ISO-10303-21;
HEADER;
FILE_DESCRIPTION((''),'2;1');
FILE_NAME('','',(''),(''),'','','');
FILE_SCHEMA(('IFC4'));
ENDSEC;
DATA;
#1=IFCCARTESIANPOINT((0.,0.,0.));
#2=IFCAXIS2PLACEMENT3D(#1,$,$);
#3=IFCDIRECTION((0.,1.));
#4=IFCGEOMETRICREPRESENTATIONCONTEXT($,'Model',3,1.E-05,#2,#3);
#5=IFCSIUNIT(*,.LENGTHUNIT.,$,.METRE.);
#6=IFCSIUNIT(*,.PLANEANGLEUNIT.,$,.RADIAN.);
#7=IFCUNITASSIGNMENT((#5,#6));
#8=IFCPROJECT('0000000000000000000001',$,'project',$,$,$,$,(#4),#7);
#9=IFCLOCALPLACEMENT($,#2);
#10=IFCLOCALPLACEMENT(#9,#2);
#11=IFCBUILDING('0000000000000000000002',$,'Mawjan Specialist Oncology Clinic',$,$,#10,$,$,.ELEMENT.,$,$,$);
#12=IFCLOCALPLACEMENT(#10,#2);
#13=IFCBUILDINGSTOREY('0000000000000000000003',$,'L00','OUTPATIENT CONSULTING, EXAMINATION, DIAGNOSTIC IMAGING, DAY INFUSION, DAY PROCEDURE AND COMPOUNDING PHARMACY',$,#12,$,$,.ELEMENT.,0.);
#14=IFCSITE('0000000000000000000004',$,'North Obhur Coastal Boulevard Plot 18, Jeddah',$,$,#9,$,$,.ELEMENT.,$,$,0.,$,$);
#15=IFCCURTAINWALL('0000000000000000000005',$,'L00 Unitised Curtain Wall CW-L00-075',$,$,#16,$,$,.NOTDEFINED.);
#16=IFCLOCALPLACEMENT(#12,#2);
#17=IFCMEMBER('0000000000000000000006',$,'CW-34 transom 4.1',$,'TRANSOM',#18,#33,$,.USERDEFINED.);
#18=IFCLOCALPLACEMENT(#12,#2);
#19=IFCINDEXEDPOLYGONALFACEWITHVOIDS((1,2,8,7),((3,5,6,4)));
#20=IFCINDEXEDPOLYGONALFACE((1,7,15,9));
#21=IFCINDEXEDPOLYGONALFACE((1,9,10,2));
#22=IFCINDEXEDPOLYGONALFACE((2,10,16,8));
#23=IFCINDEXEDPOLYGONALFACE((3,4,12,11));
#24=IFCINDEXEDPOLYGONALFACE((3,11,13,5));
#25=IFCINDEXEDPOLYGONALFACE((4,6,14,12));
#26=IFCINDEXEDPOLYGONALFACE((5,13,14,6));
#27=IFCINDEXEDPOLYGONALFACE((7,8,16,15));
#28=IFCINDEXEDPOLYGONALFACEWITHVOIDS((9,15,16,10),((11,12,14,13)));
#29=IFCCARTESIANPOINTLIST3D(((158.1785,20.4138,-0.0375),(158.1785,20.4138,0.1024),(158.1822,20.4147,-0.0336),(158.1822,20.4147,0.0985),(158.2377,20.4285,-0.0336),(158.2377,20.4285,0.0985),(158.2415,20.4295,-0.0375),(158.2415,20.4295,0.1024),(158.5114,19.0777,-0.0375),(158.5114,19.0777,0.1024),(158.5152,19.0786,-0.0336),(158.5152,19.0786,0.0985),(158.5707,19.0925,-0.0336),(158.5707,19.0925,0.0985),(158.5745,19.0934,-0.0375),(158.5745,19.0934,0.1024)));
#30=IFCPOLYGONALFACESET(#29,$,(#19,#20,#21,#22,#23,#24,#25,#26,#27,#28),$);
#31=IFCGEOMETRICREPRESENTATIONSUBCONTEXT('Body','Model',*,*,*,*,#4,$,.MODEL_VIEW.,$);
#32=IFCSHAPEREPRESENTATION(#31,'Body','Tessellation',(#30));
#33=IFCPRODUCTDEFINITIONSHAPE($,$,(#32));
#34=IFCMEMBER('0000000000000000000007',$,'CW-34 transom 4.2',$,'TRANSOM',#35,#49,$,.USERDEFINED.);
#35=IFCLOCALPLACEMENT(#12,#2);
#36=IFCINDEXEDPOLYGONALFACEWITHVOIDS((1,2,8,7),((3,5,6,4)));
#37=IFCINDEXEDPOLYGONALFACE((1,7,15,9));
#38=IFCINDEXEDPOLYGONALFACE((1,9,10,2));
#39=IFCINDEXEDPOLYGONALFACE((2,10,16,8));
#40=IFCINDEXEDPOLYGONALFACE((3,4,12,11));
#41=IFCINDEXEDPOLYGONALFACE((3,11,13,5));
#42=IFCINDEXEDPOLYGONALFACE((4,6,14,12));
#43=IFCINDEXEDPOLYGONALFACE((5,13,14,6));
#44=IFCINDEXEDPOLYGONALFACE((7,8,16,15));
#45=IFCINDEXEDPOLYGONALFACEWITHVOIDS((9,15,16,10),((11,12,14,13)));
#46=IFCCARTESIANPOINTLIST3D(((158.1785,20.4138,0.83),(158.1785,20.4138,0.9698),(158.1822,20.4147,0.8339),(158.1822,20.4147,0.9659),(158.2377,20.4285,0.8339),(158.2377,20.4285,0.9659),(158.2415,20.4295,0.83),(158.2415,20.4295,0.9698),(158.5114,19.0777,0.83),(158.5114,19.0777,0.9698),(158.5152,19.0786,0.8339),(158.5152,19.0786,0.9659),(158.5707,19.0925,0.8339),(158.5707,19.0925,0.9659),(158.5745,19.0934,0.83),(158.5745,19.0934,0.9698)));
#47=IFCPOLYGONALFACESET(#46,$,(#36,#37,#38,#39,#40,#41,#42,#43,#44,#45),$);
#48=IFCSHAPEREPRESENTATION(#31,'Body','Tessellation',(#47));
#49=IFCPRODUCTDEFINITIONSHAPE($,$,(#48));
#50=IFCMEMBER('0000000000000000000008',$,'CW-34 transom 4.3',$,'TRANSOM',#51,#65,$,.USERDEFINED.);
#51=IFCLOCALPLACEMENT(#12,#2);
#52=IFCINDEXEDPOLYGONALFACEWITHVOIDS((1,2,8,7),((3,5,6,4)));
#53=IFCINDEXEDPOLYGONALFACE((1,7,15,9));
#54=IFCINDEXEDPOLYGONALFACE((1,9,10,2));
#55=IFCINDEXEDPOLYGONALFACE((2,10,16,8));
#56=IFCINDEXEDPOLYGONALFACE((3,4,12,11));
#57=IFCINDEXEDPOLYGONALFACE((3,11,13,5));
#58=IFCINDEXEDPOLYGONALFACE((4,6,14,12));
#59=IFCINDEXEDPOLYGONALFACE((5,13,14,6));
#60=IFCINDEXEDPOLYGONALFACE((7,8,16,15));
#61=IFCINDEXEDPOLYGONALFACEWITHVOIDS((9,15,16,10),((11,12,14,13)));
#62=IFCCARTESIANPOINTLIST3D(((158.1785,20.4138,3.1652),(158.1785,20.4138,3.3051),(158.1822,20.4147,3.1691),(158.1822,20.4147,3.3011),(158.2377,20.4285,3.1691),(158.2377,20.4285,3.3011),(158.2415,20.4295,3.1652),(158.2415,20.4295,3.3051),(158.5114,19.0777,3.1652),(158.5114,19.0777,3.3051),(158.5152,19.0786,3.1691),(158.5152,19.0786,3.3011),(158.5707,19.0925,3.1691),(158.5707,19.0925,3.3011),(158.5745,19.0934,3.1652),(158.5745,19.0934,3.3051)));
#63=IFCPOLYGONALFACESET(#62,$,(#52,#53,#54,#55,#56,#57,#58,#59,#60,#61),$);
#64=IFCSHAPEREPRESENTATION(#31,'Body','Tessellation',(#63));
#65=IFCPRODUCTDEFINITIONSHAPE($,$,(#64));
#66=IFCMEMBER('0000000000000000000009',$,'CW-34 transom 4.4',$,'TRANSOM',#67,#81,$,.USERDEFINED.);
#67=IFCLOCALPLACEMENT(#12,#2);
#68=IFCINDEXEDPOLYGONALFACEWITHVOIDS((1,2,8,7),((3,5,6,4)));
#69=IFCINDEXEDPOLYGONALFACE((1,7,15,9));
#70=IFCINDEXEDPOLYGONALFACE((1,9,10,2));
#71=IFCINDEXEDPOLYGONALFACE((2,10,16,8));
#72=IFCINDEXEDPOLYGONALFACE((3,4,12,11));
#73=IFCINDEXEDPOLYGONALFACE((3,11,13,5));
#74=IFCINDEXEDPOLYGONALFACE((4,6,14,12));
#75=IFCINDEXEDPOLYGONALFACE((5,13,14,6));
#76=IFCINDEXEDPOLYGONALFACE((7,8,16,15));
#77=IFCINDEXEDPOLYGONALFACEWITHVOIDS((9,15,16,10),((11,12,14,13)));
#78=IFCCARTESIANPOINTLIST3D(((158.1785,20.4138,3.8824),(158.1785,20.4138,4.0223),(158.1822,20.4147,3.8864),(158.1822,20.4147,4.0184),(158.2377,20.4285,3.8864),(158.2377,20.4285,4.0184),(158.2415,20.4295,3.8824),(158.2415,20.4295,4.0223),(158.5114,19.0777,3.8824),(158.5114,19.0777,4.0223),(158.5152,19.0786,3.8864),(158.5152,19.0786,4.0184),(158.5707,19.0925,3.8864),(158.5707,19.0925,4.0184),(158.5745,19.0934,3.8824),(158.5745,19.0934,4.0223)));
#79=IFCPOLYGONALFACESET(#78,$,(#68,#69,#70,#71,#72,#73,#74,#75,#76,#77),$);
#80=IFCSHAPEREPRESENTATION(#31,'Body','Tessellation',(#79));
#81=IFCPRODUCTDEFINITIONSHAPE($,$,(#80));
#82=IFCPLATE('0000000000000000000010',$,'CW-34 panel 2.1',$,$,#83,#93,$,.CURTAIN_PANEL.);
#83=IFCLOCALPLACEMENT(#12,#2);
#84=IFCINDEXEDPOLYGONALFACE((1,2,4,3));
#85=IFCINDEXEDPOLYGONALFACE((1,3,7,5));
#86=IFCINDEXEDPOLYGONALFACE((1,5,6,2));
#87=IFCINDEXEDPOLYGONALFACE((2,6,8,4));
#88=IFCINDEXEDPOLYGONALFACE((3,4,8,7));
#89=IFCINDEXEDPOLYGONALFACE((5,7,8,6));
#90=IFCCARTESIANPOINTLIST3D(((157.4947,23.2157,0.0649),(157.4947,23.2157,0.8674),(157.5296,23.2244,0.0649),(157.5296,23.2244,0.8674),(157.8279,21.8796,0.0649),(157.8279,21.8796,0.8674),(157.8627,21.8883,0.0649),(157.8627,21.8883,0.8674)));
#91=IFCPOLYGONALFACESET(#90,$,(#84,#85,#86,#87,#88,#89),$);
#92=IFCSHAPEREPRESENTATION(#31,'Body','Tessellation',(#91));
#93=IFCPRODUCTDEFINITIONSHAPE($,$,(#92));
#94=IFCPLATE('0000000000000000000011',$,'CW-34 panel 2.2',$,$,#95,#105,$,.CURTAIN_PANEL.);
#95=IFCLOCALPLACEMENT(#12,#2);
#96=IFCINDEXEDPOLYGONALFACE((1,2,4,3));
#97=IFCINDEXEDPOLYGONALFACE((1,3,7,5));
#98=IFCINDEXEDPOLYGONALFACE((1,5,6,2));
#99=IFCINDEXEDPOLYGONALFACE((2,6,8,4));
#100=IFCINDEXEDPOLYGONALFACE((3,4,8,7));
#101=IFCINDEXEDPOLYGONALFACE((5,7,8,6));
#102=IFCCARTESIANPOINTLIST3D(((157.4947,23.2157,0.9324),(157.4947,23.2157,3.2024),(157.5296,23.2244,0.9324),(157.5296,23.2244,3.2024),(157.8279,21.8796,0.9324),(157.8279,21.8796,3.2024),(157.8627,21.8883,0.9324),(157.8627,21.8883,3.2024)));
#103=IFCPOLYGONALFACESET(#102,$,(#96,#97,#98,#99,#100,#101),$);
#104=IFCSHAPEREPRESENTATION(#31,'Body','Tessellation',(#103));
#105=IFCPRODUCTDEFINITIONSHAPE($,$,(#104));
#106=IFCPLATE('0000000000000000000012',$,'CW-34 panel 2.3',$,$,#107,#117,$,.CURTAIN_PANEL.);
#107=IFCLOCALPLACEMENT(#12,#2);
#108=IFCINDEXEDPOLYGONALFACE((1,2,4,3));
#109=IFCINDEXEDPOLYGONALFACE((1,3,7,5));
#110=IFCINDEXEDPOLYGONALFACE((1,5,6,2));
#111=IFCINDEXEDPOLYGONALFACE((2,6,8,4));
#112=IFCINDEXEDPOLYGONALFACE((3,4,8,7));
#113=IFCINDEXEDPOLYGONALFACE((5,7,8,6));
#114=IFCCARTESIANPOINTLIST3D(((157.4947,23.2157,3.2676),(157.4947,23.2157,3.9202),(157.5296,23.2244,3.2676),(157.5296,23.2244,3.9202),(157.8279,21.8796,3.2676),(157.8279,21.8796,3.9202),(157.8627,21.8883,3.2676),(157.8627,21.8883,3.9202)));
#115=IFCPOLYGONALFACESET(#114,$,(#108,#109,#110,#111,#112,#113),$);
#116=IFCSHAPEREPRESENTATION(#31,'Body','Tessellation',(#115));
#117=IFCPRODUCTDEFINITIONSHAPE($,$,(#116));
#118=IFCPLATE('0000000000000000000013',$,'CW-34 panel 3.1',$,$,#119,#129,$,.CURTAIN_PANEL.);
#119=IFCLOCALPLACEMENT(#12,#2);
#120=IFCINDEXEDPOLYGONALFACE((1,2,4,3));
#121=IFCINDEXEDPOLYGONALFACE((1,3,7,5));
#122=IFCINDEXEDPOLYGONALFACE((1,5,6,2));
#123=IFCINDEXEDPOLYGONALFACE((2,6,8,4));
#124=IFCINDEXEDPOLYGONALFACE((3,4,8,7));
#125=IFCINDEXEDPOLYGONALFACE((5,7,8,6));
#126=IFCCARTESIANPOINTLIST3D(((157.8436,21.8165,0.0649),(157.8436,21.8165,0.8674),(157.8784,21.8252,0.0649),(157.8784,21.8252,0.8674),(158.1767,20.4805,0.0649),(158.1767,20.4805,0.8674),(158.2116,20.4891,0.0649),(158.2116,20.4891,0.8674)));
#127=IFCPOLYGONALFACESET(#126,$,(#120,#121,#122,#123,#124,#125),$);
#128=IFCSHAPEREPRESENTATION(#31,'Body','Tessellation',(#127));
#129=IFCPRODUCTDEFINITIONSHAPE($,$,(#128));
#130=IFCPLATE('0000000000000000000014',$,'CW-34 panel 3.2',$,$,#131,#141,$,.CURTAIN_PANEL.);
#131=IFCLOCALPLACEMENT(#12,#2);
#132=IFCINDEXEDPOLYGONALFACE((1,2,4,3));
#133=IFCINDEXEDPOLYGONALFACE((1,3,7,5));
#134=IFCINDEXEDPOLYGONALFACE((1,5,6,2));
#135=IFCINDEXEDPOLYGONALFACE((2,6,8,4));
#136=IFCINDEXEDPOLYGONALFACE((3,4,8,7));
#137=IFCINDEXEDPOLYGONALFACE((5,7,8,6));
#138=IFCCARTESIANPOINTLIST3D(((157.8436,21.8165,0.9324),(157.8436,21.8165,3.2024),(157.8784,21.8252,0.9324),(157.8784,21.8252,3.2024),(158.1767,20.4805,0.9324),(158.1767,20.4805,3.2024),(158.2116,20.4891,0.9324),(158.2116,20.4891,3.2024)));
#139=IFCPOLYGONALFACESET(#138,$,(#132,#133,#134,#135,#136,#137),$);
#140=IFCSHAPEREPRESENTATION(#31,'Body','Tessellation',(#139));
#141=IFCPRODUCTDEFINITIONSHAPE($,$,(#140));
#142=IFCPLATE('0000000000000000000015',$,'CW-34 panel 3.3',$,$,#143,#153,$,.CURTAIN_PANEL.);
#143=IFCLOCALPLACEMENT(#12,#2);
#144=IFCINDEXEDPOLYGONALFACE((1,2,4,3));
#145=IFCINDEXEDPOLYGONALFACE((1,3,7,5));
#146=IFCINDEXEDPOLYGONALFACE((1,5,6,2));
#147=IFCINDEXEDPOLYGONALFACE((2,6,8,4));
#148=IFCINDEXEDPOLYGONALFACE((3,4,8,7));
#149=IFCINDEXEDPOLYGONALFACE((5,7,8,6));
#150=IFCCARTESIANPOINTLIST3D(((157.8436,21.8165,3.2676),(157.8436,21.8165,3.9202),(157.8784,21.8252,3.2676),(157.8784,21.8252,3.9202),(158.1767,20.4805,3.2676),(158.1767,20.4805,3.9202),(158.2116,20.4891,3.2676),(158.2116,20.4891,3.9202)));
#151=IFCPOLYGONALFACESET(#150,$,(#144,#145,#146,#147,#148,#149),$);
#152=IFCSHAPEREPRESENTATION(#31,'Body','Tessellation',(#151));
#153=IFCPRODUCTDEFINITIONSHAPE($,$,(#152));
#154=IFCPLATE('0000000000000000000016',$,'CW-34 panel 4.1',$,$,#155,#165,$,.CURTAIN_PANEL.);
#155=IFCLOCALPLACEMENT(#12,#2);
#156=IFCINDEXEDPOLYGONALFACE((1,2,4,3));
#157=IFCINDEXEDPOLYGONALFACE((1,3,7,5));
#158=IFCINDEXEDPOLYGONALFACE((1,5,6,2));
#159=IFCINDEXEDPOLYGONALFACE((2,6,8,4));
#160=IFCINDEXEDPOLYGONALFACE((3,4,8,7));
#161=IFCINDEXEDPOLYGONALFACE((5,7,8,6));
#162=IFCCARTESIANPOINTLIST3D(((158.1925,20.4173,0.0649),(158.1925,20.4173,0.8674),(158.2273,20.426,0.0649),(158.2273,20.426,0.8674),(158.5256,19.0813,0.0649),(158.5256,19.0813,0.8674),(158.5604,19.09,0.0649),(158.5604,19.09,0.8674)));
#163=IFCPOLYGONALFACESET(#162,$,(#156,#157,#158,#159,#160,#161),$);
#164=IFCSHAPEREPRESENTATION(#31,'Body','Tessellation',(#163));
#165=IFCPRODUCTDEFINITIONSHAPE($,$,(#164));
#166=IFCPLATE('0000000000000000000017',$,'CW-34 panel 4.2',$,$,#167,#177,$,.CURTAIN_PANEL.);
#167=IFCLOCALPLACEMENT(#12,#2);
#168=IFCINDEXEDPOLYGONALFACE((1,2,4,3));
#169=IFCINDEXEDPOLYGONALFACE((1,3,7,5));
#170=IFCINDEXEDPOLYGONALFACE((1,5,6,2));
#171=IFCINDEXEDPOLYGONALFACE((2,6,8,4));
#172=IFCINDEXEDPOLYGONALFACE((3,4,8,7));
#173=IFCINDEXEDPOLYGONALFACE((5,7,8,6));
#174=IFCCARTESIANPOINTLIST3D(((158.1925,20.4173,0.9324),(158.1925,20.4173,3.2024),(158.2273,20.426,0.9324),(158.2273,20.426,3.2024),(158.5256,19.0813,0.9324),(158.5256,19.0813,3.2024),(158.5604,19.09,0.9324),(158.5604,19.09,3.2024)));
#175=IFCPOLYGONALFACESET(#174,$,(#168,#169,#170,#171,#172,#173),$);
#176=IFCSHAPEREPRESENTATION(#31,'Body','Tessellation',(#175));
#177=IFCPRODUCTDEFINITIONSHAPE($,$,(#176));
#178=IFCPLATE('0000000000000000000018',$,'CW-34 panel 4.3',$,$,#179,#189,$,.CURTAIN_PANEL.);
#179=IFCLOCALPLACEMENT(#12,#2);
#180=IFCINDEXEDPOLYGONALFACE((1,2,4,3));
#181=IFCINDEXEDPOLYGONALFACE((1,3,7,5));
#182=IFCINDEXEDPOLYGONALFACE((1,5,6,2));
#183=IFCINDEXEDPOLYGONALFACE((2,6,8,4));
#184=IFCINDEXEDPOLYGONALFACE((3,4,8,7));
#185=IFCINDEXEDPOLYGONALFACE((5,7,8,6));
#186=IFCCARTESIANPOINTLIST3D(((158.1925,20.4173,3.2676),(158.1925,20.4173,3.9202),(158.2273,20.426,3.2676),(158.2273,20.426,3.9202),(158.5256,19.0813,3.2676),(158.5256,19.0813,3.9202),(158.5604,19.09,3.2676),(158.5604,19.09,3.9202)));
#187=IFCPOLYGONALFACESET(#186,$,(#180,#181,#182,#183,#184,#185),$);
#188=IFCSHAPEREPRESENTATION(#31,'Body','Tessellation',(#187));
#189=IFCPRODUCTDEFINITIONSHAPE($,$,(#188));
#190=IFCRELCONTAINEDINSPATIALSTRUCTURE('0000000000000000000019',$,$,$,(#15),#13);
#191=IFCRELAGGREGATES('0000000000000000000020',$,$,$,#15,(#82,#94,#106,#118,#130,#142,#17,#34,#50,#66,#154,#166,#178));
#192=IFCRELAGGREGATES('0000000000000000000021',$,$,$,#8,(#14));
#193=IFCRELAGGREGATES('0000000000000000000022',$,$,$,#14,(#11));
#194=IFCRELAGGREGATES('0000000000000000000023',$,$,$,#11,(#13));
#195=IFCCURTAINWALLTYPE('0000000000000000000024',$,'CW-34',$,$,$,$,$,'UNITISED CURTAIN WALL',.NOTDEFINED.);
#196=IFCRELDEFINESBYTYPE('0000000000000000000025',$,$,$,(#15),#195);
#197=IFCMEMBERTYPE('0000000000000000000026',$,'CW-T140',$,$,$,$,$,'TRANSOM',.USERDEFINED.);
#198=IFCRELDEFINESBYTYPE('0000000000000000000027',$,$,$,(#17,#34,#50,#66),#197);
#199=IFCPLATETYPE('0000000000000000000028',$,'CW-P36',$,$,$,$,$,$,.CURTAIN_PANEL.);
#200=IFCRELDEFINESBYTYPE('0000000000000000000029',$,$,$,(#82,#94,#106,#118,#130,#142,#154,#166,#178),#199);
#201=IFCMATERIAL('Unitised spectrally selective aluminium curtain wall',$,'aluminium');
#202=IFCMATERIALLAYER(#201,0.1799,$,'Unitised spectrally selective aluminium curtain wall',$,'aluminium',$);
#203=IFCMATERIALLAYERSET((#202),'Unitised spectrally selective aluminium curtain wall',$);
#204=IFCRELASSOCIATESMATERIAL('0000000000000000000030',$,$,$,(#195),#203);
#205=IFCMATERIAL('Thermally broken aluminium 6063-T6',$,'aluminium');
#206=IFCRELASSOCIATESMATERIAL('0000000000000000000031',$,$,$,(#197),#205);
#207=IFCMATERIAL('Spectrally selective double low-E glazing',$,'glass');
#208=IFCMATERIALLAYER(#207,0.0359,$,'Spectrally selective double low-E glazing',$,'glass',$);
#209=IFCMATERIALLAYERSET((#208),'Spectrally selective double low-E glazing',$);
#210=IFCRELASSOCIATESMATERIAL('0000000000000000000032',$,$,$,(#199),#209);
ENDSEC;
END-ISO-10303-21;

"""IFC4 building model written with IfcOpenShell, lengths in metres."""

from ifc_helpers import new_model, si_unit, direction, frame, origin, origin_2d, place, context, subcontext, project, spatial, rectangle, hollow_rectangle, extrude, material, layer, layer_set, material_profile, profile_set, type_object, element, aggregate, save


model = new_model("IFC4")

# Units and contexts
model_context = context("Model", 3, precision=1e-05, world=origin(), true_north=direction((0.0, 1.0)))
body_context = subcontext(model_context, "Body", "Model", "MODEL_VIEW")
ifc_project = project(units=[si_unit("LENGTHUNIT", "METRE"), si_unit("PLANEANGLEUNIT", "RADIAN")], contexts=[model_context])

# Site, building, storey
site_placement = place(None, origin())
site = spatial("IfcSite", under=ifc_project, at=site_placement, Name="North Obhur Coastal Boulevard Plot 18, Jeddah", CompositionType="ELEMENT", RefElevation=0.0)
building_placement = place(site_placement, origin())
building = spatial("IfcBuilding", under=site, at=building_placement, Name="Mawjan Specialist Oncology Clinic", CompositionType="ELEMENT")
storey_placement = place(building_placement, origin())
storey = spatial("IfcBuildingStorey", under=building, at=storey_placement, Name="L00", Description="OUTPATIENT CONSULTING, EXAMINATION, DIAGNOSTIC IMAGING, DAY INFUSION, DAY PROCEDURE AND COMPOUNDING PHARMACY", CompositionType="ELEMENT", Elevation=0.0)

# Curtain wall, members, plates
ifc_material_1 = material(Name="Unitised spectrally selective aluminium curtain wall", Category="aluminium")
ifc_layer_1 = layer(ifc_material_1, 0.1799, Name="Unitised spectrally selective aluminium curtain wall", Category="aluminium")
ifc_layer_set_1 = layer_set([ifc_layer_1], Name="Unitised spectrally selective aluminium curtain wall")
curtain_wall_type = type_object("IfcCurtainWallType", Name="CW-34", ElementType="UNITISED CURTAIN WALL", PredefinedType="NOTDEFINED", material=ifc_layer_set_1)
curtain_wall_placement = place(storey_placement, origin())
curtain_wall = element("IfcCurtainWall", 1, at=curtain_wall_placement, inside=storey, type_object=curtain_wall_type, Name="L00 Unitised Curtain Wall CW-L00-075", PredefinedType="NOTDEFINED")
ifc_material_2 = material(Name="Thermally broken aluminium 6063-T6", Category="aluminium")
ifc_material_profile_1 = material_profile(ifc_material_2, hollow_rectangle(XDim=0.0649, YDim=0.1399, WallThickness=0.0039, at=origin_2d()), Name="ALU TRANSOM 140x65x4", Category="aluminium")
ifc_profile_set_1 = profile_set([ifc_material_profile_1], Name="Thermally broken aluminium 6063-T6")
member_type_1 = type_object("IfcMemberType", Name="CW-T140", ElementType="TRANSOM", PredefinedType="USERDEFINED", material=ifc_profile_set_1)
member_1_placement = place(storey_placement, frame((158.21, 20.4216, 0.0325), z_axis=(0.241826, -0.97032, 0.0), x_axis=(0.97032, 0.241826, 0.0)))
member_1 = element("IfcMember", 2, at=member_1_placement, type_object=member_type_1, Name="CW-34 transom 4.1", ObjectType="TRANSOM", PredefinedType="USERDEFINED", context=body_context, shape_type="SweptSolid", body=[
    extrude(hollow_rectangle(XDim=0.0649, YDim=0.1399, WallThickness=0.0039, at=origin_2d()), origin(), (0.0, 0.0, 1.0), 1.377),
])
member_2_placement = place(storey_placement, frame((158.21, 20.4216, 0.8999), z_axis=(0.241826, -0.97032, 0.0), x_axis=(0.97032, 0.241826, 0.0)))
member_2 = element("IfcMember", 3, at=member_2_placement, type_object=member_type_1, Name="CW-34 transom 4.2", ObjectType="TRANSOM", PredefinedType="USERDEFINED", context=body_context, shape_type="SweptSolid", body=[
    extrude(hollow_rectangle(XDim=0.0649, YDim=0.1399, WallThickness=0.0039, at=origin_2d()), origin(), (0.0, 0.0, 1.0), 1.377),
])
member_3_placement = place(storey_placement, frame((158.21, 20.4216, 3.2351), z_axis=(0.241826, -0.97032, 0.0), x_axis=(0.97032, 0.241826, 0.0)))
member_3 = element("IfcMember", 4, at=member_3_placement, type_object=member_type_1, Name="CW-34 transom 4.3", ObjectType="TRANSOM", PredefinedType="USERDEFINED", context=body_context, shape_type="SweptSolid", body=[
    extrude(hollow_rectangle(XDim=0.0649, YDim=0.1399, WallThickness=0.0039, at=origin_2d()), origin(), (0.0, 0.0, 1.0), 1.377),
])
member_4_placement = place(storey_placement, frame((158.21, 20.4216, 3.9524), z_axis=(0.241826, -0.97032, 0.0), x_axis=(0.97032, 0.241826, 0.0)))
member_4 = element("IfcMember", 5, at=member_4_placement, type_object=member_type_1, Name="CW-34 transom 4.4", ObjectType="TRANSOM", PredefinedType="USERDEFINED", context=body_context, shape_type="SweptSolid", body=[
    extrude(hollow_rectangle(XDim=0.0649, YDim=0.1399, WallThickness=0.0039, at=origin_2d()), origin(), (0.0, 0.0, 1.0), 1.377),
])
ifc_material_3 = material(Name="Spectrally selective double low-E glazing", Category="glass")
ifc_layer_2 = layer(ifc_material_3, 0.0359, Name="Spectrally selective double low-E glazing", Category="glass")
ifc_layer_set_2 = layer_set([ifc_layer_2], Name="Spectrally selective double low-E glazing")
plate_type = type_object("IfcPlateType", Name="CW-P36", PredefinedType="CURTAIN_PANEL", material=ifc_layer_set_2)
plate_1_placement = place(storey_placement, frame((157.6787, 22.552, 0.0649), z_axis=(0.0, 0.0, 1.0), x_axis=(0.241922, -0.970296, 0.0)))
plate_1 = element("IfcPlate", 6, at=plate_1_placement, type_object=plate_type, Name="CW-34 panel 2.1", PredefinedType="CURTAIN_PANEL", context=body_context, shape_type="SweptSolid", body=[
    extrude(rectangle(XDim=1.377, YDim=0.0359, at=origin_2d()), origin(), (0.0, 0.0, 1.0), 0.8025),
])
plate_2_placement = place(storey_placement, frame((157.6787, 22.552, 0.9324), z_axis=(0.0, 0.0, 1.0), x_axis=(0.241922, -0.970296, 0.0)))
plate_2 = element("IfcPlate", 7, at=plate_2_placement, type_object=plate_type, Name="CW-34 panel 2.2", PredefinedType="CURTAIN_PANEL", context=body_context, shape_type="SweptSolid", body=[
    extrude(rectangle(XDim=1.377, YDim=0.0359, at=origin_2d()), origin(), (0.0, 0.0, 1.0), 2.27),
])
plate_3_placement = place(storey_placement, frame((157.6787, 22.552, 3.2676), z_axis=(0.0, 0.0, 1.0), x_axis=(0.241922, -0.970296, 0.0)))
plate_3 = element("IfcPlate", 8, at=plate_3_placement, type_object=plate_type, Name="CW-34 panel 2.3", PredefinedType="CURTAIN_PANEL", context=body_context, shape_type="SweptSolid", body=[
    extrude(rectangle(XDim=1.377, YDim=0.0359, at=origin_2d()), origin(), (0.0, 0.0, 1.0), 0.6526),
])
plate_4_placement = place(storey_placement, frame((158.0276, 21.1528, 0.0649), z_axis=(0.0, 0.0, 1.0), x_axis=(0.241922, -0.970296, 0.0)))
plate_4 = element("IfcPlate", 9, at=plate_4_placement, type_object=plate_type, Name="CW-34 panel 3.1", PredefinedType="CURTAIN_PANEL", context=body_context, shape_type="SweptSolid", body=[
    extrude(rectangle(XDim=1.377, YDim=0.0359, at=origin_2d()), origin(), (0.0, 0.0, 1.0), 0.8025),
])
plate_5_placement = place(storey_placement, frame((158.0276, 21.1528, 0.9324), z_axis=(0.0, 0.0, 1.0), x_axis=(0.241922, -0.970296, 0.0)))
plate_5 = element("IfcPlate", 10, at=plate_5_placement, type_object=plate_type, Name="CW-34 panel 3.2", PredefinedType="CURTAIN_PANEL", context=body_context, shape_type="SweptSolid", body=[
    extrude(rectangle(XDim=1.377, YDim=0.0359, at=origin_2d()), origin(), (0.0, 0.0, 1.0), 2.27),
])
plate_6_placement = place(storey_placement, frame((158.0276, 21.1528, 3.2676), z_axis=(0.0, 0.0, 1.0), x_axis=(0.241922, -0.970296, 0.0)))
plate_6 = element("IfcPlate", 11, at=plate_6_placement, type_object=plate_type, Name="CW-34 panel 3.3", PredefinedType="CURTAIN_PANEL", context=body_context, shape_type="SweptSolid", body=[
    extrude(rectangle(XDim=1.377, YDim=0.0359, at=origin_2d()), origin(), (0.0, 0.0, 1.0), 0.6526),
])
plate_7_placement = place(storey_placement, frame((158.3765, 19.7537, 0.0649), z_axis=(0.0, 0.0, 1.0), x_axis=(0.241922, -0.970296, 0.0)))
plate_7 = element("IfcPlate", 12, at=plate_7_placement, type_object=plate_type, Name="CW-34 panel 4.1", PredefinedType="CURTAIN_PANEL", context=body_context, shape_type="SweptSolid", body=[
    extrude(rectangle(XDim=1.377, YDim=0.0359, at=origin_2d()), origin(), (0.0, 0.0, 1.0), 0.8025),
])
plate_8_placement = place(storey_placement, frame((158.3765, 19.7537, 0.9324), z_axis=(0.0, 0.0, 1.0), x_axis=(0.241922, -0.970296, 0.0)))
plate_8 = element("IfcPlate", 13, at=plate_8_placement, type_object=plate_type, Name="CW-34 panel 4.2", PredefinedType="CURTAIN_PANEL", context=body_context, shape_type="SweptSolid", body=[
    extrude(rectangle(XDim=1.377, YDim=0.0359, at=origin_2d()), origin(), (0.0, 0.0, 1.0), 2.27),
])
plate_9_placement = place(storey_placement, frame((158.3765, 19.7537, 3.2676), z_axis=(0.0, 0.0, 1.0), x_axis=(0.241922, -0.970296, 0.0)))
plate_9 = element("IfcPlate", 14, at=plate_9_placement, type_object=plate_type, Name="CW-34 panel 4.3", PredefinedType="CURTAIN_PANEL", context=body_context, shape_type="SweptSolid", body=[
    extrude(rectangle(XDim=1.377, YDim=0.0359, at=origin_2d()), origin(), (0.0, 0.0, 1.0), 0.6526),
])
aggregate(curtain_wall, [plate_1, plate_2, plate_3, plate_4, plate_5, plate_6, member_1, member_2, member_3, member_4, plate_7, plate_8, plate_9])

save(model, "model.ifc")
